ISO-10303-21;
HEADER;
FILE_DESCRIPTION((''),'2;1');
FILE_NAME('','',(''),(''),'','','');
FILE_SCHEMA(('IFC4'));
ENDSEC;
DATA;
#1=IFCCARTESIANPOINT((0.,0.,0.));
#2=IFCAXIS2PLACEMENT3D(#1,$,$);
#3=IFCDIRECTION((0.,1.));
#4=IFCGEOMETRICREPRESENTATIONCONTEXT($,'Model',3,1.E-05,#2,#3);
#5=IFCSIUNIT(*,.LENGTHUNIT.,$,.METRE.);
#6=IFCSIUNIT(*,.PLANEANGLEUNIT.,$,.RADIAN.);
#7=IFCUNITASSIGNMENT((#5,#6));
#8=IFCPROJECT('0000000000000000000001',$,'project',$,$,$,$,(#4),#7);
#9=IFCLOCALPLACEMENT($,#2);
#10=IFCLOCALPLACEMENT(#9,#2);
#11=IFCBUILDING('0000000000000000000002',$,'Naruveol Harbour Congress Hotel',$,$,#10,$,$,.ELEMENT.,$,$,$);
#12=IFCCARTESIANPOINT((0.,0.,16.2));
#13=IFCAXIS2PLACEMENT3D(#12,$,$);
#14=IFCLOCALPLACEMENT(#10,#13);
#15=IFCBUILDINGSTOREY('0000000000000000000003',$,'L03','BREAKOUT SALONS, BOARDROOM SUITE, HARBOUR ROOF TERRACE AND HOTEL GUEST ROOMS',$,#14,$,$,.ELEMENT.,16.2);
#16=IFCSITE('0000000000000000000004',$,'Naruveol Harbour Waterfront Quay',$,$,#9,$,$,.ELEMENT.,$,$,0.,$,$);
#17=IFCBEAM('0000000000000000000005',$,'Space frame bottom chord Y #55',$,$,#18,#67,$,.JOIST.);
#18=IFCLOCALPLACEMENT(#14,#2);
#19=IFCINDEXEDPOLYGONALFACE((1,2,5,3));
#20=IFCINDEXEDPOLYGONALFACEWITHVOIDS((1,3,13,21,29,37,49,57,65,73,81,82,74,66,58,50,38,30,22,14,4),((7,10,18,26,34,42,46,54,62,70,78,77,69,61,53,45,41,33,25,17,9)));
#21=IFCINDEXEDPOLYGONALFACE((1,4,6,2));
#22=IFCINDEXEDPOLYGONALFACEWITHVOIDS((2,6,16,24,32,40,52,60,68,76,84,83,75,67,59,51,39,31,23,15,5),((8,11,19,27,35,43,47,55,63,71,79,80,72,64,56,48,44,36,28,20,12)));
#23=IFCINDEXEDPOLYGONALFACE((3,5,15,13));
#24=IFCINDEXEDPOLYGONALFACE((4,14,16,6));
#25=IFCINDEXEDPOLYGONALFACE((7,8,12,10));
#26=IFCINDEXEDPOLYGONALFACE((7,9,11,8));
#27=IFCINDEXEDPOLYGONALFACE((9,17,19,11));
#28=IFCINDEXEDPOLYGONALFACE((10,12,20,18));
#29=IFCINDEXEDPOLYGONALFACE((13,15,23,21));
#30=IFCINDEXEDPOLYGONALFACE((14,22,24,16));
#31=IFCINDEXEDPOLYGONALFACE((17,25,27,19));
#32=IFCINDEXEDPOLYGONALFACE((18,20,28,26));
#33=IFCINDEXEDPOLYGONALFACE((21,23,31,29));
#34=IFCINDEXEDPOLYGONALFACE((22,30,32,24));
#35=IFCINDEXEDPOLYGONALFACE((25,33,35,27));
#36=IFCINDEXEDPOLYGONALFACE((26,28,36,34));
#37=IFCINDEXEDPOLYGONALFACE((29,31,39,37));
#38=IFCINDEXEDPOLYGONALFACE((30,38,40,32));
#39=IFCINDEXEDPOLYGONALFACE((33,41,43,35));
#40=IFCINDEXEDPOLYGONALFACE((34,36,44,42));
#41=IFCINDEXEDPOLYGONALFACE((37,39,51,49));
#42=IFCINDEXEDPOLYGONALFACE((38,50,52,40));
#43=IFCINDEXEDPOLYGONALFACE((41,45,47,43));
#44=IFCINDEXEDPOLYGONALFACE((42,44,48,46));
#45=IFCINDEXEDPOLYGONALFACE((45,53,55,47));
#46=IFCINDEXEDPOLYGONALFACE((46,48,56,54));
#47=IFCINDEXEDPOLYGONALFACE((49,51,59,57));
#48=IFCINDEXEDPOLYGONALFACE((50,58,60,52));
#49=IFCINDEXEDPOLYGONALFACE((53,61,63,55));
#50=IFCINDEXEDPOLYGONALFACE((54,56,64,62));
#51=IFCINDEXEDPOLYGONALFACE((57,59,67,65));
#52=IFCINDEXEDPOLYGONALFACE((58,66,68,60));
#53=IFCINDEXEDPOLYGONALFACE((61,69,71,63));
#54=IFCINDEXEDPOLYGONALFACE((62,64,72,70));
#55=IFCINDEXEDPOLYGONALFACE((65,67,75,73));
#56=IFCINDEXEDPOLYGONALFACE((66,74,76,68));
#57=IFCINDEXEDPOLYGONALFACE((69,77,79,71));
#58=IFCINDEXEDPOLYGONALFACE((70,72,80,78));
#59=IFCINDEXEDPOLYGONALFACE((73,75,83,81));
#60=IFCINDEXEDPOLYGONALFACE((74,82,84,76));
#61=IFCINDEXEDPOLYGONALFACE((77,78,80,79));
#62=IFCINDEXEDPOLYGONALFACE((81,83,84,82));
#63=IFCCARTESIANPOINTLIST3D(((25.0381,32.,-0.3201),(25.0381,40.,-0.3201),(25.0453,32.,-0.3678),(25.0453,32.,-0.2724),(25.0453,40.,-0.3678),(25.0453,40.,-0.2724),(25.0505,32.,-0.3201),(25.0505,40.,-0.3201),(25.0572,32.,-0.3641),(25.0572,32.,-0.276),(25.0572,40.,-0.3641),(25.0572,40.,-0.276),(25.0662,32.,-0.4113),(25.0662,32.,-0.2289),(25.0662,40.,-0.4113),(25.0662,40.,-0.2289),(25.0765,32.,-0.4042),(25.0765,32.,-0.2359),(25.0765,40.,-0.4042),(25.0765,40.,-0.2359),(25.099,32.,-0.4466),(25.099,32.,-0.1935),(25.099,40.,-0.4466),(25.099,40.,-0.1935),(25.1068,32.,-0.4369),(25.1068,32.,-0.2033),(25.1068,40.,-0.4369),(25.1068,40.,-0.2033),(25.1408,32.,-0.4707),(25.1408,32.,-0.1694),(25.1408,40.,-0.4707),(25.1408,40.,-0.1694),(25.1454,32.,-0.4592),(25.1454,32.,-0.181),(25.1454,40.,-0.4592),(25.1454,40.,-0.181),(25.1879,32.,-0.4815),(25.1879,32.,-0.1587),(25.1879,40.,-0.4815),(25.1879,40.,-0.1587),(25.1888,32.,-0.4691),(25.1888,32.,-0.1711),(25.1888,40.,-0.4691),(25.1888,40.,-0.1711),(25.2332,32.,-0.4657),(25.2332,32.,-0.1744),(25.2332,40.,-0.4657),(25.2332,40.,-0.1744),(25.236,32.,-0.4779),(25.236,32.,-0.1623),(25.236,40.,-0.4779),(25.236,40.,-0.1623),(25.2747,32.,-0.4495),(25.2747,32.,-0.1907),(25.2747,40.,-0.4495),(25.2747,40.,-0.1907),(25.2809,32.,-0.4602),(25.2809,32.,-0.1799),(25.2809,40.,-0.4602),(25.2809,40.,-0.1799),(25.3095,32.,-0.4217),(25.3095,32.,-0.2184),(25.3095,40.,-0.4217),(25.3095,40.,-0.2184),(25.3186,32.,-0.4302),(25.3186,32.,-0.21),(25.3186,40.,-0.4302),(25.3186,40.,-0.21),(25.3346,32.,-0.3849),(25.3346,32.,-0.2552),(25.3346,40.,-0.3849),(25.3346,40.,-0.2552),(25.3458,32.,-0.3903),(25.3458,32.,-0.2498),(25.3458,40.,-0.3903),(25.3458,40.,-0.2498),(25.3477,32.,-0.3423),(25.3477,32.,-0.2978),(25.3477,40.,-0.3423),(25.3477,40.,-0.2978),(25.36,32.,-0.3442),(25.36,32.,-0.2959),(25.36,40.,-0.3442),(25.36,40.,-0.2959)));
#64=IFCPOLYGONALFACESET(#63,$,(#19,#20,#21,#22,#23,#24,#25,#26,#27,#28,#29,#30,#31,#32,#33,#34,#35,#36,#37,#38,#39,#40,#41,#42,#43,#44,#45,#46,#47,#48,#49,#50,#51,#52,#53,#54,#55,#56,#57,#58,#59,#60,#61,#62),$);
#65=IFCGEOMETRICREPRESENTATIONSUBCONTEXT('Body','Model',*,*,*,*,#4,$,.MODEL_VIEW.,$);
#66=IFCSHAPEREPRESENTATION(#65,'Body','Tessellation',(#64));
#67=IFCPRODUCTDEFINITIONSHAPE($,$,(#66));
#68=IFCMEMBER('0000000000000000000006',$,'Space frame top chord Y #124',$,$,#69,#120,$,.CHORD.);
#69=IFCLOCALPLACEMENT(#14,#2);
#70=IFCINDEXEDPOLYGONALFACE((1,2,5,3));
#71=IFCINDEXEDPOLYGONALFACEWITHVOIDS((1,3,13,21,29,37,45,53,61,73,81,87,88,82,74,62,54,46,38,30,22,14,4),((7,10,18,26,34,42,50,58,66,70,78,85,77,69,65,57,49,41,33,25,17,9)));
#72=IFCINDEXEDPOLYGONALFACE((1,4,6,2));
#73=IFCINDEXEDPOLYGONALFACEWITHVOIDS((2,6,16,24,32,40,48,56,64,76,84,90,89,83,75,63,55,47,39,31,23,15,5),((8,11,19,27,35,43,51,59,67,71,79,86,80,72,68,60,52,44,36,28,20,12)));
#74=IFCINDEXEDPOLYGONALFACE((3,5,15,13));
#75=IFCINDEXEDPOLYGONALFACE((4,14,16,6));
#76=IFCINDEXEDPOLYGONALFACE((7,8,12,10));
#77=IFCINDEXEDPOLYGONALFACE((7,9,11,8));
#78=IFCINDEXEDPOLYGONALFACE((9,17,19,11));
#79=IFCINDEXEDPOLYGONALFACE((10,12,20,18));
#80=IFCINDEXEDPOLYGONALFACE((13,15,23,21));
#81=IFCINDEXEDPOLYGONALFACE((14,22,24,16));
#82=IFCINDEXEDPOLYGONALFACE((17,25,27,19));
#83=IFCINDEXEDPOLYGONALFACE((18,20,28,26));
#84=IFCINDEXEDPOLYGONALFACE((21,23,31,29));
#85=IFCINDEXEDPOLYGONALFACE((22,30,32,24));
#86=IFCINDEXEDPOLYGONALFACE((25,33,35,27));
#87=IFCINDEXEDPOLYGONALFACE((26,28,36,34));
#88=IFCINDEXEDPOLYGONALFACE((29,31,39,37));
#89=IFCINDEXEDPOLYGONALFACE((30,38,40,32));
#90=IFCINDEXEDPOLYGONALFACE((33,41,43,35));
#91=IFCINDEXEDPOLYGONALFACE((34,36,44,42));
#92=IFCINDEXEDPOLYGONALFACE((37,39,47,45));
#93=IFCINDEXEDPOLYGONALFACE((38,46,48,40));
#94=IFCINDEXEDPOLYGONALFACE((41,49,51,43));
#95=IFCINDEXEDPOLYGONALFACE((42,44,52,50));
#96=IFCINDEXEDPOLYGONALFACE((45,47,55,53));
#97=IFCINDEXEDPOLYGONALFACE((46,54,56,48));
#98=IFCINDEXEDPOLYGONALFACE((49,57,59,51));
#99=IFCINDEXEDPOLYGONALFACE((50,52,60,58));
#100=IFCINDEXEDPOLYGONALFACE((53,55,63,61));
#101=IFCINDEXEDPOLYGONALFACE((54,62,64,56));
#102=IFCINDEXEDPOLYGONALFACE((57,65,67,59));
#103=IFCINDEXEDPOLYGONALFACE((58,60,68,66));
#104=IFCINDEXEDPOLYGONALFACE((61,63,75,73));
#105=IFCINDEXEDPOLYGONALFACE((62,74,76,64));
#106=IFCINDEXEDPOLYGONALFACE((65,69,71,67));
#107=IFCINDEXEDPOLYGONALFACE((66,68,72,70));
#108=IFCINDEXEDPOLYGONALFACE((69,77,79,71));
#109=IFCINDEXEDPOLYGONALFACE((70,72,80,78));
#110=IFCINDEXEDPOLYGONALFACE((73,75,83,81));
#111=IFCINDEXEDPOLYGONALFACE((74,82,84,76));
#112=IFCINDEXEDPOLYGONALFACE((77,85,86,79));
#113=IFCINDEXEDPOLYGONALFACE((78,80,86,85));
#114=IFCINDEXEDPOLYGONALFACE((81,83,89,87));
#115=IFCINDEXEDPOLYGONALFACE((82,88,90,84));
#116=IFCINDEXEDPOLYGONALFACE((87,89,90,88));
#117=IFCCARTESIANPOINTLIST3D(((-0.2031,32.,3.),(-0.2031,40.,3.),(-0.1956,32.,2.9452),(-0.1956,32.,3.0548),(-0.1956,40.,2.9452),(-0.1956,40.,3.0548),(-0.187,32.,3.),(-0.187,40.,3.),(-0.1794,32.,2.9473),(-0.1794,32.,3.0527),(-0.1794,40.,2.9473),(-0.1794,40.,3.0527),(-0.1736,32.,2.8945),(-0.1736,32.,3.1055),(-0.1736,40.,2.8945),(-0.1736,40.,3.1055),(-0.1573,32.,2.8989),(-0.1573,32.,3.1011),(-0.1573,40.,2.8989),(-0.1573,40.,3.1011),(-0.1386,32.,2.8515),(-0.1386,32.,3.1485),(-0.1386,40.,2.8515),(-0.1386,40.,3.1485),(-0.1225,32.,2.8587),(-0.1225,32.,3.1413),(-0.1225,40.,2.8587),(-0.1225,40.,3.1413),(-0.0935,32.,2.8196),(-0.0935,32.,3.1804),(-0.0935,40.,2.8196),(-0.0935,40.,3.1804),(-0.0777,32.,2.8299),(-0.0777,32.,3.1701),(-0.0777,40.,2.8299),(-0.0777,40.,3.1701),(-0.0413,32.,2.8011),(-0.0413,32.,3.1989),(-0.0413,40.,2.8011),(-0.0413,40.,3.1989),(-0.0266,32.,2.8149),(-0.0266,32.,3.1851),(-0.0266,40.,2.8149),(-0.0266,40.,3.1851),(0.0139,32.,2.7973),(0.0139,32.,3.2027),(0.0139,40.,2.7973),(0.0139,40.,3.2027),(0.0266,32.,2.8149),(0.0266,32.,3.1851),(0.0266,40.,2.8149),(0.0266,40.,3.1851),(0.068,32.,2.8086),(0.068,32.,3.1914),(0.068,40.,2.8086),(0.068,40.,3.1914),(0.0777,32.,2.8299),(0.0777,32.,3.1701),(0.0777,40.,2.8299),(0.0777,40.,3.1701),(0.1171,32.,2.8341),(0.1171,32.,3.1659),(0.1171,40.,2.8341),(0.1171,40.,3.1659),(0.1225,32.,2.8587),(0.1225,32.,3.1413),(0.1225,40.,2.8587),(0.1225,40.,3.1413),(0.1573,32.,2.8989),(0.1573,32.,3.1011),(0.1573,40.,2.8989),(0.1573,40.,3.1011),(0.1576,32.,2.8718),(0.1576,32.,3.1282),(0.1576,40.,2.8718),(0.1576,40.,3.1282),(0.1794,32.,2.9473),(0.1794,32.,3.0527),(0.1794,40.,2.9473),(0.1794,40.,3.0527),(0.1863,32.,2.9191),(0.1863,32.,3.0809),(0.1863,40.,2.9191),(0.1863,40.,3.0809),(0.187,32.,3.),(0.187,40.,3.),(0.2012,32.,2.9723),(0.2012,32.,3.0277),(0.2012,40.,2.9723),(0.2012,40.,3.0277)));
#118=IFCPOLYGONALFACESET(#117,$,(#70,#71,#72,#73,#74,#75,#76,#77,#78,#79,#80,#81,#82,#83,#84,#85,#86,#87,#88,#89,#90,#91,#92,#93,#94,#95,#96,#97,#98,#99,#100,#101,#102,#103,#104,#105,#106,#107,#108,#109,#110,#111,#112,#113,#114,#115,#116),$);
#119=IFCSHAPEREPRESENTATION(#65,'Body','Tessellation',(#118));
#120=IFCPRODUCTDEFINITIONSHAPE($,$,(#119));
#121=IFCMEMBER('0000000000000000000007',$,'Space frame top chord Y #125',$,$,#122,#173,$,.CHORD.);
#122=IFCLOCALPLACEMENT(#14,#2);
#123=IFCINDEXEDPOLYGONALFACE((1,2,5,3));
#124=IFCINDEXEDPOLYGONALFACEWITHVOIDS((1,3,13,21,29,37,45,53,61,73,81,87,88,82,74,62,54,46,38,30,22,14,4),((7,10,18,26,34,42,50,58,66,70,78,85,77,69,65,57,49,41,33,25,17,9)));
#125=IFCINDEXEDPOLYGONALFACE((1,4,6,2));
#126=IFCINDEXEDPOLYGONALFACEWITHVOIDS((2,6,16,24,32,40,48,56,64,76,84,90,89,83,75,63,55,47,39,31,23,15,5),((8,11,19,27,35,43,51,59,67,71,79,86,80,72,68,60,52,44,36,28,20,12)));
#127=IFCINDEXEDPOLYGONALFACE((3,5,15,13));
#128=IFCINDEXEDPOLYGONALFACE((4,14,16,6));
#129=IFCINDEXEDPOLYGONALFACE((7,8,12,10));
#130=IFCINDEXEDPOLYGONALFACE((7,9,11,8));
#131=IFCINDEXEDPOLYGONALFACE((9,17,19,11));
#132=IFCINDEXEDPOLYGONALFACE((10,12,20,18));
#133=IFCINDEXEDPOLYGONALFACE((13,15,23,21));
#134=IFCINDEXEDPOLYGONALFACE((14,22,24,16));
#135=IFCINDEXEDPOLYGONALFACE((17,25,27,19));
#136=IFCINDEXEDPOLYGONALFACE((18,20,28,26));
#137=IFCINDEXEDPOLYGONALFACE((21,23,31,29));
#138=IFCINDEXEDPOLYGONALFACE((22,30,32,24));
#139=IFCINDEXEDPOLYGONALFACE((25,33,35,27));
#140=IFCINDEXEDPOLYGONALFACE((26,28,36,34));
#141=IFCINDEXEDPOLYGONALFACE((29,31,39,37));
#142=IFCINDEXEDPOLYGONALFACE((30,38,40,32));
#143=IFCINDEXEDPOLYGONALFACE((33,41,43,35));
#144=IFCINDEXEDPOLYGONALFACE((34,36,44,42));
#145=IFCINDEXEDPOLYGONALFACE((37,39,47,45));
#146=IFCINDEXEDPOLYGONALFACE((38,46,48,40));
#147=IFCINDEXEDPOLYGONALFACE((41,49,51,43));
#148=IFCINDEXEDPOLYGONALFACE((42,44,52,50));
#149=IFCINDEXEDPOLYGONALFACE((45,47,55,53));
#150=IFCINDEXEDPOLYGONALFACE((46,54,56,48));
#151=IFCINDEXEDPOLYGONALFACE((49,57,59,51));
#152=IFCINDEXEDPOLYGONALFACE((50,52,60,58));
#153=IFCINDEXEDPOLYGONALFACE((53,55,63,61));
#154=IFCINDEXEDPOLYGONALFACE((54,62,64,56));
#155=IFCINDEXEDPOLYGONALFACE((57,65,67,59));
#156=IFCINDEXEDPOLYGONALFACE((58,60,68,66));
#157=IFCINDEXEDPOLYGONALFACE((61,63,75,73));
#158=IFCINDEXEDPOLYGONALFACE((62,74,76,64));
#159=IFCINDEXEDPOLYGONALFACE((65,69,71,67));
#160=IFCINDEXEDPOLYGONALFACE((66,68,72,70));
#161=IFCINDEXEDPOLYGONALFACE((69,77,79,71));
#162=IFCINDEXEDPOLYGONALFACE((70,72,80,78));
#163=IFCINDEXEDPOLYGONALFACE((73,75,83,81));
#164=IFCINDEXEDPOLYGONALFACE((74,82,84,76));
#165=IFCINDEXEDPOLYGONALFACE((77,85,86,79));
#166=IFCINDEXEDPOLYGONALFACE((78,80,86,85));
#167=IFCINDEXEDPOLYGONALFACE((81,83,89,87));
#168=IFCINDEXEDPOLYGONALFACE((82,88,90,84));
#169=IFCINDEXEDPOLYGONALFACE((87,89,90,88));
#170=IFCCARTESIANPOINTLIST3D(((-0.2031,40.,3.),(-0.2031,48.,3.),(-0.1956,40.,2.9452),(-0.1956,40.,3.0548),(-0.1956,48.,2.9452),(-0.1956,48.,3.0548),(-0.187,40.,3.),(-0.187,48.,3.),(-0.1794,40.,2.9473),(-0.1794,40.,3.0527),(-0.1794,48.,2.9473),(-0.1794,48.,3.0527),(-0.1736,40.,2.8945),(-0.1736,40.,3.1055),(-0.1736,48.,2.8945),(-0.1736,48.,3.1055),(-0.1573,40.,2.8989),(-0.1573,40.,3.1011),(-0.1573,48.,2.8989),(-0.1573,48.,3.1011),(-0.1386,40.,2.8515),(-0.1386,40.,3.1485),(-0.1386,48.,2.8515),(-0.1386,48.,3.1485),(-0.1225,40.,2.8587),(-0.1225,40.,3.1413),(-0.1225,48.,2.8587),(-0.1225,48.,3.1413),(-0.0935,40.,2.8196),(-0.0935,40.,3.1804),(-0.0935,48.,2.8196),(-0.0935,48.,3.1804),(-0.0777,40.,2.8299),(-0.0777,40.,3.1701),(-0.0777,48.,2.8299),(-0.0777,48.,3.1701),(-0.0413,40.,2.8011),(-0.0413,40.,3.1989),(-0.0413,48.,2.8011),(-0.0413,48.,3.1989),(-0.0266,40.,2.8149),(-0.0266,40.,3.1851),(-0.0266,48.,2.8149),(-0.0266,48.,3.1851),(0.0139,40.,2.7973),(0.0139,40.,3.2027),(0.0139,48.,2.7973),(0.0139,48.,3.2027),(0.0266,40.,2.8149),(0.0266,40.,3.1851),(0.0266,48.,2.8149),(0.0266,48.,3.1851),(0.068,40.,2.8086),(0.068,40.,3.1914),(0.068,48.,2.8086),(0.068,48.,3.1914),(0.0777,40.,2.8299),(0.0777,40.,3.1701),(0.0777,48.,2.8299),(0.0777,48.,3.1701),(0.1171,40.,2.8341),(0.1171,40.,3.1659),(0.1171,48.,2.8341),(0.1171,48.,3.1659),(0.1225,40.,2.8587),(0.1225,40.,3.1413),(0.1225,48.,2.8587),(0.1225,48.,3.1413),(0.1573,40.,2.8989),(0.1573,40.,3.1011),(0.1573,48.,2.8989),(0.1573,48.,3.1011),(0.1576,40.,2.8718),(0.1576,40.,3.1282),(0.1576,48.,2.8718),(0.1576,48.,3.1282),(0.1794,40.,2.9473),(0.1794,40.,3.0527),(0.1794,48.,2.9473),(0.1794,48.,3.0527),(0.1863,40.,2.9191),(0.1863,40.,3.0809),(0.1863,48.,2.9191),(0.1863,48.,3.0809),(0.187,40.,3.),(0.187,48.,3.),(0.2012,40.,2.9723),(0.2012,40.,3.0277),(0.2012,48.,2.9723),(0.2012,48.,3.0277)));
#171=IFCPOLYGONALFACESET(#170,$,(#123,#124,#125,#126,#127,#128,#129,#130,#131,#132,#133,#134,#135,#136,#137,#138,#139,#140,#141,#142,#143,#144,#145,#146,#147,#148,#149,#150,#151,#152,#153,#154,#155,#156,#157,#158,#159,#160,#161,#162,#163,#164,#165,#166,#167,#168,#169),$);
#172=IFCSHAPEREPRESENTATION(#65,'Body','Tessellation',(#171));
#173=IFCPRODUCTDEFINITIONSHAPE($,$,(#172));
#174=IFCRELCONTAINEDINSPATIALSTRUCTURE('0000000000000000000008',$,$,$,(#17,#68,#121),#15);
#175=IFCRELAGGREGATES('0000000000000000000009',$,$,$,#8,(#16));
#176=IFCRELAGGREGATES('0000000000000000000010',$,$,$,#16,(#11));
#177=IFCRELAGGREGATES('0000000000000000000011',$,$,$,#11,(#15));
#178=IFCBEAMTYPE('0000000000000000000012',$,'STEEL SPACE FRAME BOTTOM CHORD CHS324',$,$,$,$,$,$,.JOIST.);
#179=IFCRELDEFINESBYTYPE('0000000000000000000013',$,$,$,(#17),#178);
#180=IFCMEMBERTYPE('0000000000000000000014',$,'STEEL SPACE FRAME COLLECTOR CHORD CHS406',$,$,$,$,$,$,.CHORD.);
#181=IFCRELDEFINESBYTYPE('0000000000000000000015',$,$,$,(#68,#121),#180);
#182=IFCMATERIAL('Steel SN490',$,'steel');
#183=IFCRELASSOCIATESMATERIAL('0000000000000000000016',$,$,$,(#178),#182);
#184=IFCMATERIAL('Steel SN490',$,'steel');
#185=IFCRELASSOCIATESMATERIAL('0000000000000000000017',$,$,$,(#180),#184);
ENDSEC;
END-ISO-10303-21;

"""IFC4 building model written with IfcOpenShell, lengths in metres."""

from ifc_helpers import new_model, si_unit, direction, frame, origin, origin_2d, place, context, subcontext, project, spatial, hollow_circle, extrude, material, material_profile, profile_set, type_object, element, save


model = new_model("IFC4")

# Units and contexts
model_context = context("Model", 3, precision=1e-05, world=origin(), true_north=direction((0.0, 1.0)))
body_context = subcontext(model_context, "Body", "Model", "MODEL_VIEW")
ifc_project = project(units=[si_unit("LENGTHUNIT", "METRE"), si_unit("PLANEANGLEUNIT", "RADIAN")], contexts=[model_context])

# Site, building, storey
site_placement = place(None, origin())
site = spatial("IfcSite", under=ifc_project, at=site_placement, Name="Naruveol Harbour Waterfront Quay", CompositionType="ELEMENT", RefElevation=0.0)
building_placement = place(site_placement, origin())
building = spatial("IfcBuilding", under=site, at=building_placement, Name="Naruveol Harbour Congress Hotel", CompositionType="ELEMENT")
storey_placement = place(building_placement, frame((0.0, 0.0, 16.2)))
storey = spatial("IfcBuildingStorey", under=building, at=storey_placement, Name="L03", Description="BREAKOUT SALONS, BOARDROOM SUITE, HARBOUR ROOF TERRACE AND HOTEL GUEST ROOMS", CompositionType="ELEMENT", Elevation=16.2)

# Beam
ifc_material_1 = material(Name="Steel SN490", Category="steel")
ifc_material_profile_1 = material_profile(ifc_material_1, hollow_circle(Radius=0.1619, WallThickness=0.0125, at=origin_2d()), Name="CHS-323.9x12.5")
ifc_profile_set_1 = profile_set([ifc_material_profile_1], Name="Steel SN490")
beam_type_1 = type_object("IfcBeamType", Name="STEEL SPACE FRAME BOTTOM CHORD CHS324", PredefinedType="JOIST", material=ifc_profile_set_1)
for number, where, z_axis, x_axis, name in (
    (1, (25.2, 32.0, -0.3201), (0.0, 1.0, 0.0), (-1.0, 0.0, 0.0), "Space frame bottom chord Y #55"),
):
    element("IfcBeam", number, at=place(storey_placement, frame(where, z_axis=z_axis, x_axis=x_axis)), inside=storey, type_object=beam_type_1, Name=name, PredefinedType="JOIST", context=body_context, shape_type="SweptSolid", body=[
        extrude(hollow_circle(Radius=0.1619, WallThickness=0.0125, at=origin_2d()), origin(), (0.0, 0.0, 1.0), 8.0),
    ])

# Members
ifc_material_2 = material(Name="Steel SN490", Category="steel")
ifc_material_profile_2 = material_profile(ifc_material_2, hollow_circle(Radius=0.2031, WallThickness=0.0161, at=origin_2d()), Name="CHS-406.4x16")
ifc_profile_set_2 = profile_set([ifc_material_profile_2], Name="Steel SN490")
member_type_1 = type_object("IfcMemberType", Name="STEEL SPACE FRAME COLLECTOR CHORD CHS406", PredefinedType="CHORD", material=ifc_profile_set_2)
for number, where, z_axis, x_axis, name in (
    (2, (0.0, 32.0, 3.0), (0.0, 1.0, 0.0), (-1.0, 0.0, 0.0), "Space frame top chord Y #124"),
    (3, (0.0, 40.0, 3.0), (0.0, 1.0, 0.0), (-1.0, 0.0, 0.0), "Space frame top chord Y #125"),
):
    element("IfcMember", number, at=place(storey_placement, frame(where, z_axis=z_axis, x_axis=x_axis)), inside=storey, type_object=member_type_1, Name=name, PredefinedType="CHORD", context=body_context, shape_type="SweptSolid", body=[
        extrude(hollow_circle(Radius=0.2031, WallThickness=0.0161, at=origin_2d()), origin(), (0.0, 0.0, 1.0), 8.0),
    ])

save(model, "model.ifc")
